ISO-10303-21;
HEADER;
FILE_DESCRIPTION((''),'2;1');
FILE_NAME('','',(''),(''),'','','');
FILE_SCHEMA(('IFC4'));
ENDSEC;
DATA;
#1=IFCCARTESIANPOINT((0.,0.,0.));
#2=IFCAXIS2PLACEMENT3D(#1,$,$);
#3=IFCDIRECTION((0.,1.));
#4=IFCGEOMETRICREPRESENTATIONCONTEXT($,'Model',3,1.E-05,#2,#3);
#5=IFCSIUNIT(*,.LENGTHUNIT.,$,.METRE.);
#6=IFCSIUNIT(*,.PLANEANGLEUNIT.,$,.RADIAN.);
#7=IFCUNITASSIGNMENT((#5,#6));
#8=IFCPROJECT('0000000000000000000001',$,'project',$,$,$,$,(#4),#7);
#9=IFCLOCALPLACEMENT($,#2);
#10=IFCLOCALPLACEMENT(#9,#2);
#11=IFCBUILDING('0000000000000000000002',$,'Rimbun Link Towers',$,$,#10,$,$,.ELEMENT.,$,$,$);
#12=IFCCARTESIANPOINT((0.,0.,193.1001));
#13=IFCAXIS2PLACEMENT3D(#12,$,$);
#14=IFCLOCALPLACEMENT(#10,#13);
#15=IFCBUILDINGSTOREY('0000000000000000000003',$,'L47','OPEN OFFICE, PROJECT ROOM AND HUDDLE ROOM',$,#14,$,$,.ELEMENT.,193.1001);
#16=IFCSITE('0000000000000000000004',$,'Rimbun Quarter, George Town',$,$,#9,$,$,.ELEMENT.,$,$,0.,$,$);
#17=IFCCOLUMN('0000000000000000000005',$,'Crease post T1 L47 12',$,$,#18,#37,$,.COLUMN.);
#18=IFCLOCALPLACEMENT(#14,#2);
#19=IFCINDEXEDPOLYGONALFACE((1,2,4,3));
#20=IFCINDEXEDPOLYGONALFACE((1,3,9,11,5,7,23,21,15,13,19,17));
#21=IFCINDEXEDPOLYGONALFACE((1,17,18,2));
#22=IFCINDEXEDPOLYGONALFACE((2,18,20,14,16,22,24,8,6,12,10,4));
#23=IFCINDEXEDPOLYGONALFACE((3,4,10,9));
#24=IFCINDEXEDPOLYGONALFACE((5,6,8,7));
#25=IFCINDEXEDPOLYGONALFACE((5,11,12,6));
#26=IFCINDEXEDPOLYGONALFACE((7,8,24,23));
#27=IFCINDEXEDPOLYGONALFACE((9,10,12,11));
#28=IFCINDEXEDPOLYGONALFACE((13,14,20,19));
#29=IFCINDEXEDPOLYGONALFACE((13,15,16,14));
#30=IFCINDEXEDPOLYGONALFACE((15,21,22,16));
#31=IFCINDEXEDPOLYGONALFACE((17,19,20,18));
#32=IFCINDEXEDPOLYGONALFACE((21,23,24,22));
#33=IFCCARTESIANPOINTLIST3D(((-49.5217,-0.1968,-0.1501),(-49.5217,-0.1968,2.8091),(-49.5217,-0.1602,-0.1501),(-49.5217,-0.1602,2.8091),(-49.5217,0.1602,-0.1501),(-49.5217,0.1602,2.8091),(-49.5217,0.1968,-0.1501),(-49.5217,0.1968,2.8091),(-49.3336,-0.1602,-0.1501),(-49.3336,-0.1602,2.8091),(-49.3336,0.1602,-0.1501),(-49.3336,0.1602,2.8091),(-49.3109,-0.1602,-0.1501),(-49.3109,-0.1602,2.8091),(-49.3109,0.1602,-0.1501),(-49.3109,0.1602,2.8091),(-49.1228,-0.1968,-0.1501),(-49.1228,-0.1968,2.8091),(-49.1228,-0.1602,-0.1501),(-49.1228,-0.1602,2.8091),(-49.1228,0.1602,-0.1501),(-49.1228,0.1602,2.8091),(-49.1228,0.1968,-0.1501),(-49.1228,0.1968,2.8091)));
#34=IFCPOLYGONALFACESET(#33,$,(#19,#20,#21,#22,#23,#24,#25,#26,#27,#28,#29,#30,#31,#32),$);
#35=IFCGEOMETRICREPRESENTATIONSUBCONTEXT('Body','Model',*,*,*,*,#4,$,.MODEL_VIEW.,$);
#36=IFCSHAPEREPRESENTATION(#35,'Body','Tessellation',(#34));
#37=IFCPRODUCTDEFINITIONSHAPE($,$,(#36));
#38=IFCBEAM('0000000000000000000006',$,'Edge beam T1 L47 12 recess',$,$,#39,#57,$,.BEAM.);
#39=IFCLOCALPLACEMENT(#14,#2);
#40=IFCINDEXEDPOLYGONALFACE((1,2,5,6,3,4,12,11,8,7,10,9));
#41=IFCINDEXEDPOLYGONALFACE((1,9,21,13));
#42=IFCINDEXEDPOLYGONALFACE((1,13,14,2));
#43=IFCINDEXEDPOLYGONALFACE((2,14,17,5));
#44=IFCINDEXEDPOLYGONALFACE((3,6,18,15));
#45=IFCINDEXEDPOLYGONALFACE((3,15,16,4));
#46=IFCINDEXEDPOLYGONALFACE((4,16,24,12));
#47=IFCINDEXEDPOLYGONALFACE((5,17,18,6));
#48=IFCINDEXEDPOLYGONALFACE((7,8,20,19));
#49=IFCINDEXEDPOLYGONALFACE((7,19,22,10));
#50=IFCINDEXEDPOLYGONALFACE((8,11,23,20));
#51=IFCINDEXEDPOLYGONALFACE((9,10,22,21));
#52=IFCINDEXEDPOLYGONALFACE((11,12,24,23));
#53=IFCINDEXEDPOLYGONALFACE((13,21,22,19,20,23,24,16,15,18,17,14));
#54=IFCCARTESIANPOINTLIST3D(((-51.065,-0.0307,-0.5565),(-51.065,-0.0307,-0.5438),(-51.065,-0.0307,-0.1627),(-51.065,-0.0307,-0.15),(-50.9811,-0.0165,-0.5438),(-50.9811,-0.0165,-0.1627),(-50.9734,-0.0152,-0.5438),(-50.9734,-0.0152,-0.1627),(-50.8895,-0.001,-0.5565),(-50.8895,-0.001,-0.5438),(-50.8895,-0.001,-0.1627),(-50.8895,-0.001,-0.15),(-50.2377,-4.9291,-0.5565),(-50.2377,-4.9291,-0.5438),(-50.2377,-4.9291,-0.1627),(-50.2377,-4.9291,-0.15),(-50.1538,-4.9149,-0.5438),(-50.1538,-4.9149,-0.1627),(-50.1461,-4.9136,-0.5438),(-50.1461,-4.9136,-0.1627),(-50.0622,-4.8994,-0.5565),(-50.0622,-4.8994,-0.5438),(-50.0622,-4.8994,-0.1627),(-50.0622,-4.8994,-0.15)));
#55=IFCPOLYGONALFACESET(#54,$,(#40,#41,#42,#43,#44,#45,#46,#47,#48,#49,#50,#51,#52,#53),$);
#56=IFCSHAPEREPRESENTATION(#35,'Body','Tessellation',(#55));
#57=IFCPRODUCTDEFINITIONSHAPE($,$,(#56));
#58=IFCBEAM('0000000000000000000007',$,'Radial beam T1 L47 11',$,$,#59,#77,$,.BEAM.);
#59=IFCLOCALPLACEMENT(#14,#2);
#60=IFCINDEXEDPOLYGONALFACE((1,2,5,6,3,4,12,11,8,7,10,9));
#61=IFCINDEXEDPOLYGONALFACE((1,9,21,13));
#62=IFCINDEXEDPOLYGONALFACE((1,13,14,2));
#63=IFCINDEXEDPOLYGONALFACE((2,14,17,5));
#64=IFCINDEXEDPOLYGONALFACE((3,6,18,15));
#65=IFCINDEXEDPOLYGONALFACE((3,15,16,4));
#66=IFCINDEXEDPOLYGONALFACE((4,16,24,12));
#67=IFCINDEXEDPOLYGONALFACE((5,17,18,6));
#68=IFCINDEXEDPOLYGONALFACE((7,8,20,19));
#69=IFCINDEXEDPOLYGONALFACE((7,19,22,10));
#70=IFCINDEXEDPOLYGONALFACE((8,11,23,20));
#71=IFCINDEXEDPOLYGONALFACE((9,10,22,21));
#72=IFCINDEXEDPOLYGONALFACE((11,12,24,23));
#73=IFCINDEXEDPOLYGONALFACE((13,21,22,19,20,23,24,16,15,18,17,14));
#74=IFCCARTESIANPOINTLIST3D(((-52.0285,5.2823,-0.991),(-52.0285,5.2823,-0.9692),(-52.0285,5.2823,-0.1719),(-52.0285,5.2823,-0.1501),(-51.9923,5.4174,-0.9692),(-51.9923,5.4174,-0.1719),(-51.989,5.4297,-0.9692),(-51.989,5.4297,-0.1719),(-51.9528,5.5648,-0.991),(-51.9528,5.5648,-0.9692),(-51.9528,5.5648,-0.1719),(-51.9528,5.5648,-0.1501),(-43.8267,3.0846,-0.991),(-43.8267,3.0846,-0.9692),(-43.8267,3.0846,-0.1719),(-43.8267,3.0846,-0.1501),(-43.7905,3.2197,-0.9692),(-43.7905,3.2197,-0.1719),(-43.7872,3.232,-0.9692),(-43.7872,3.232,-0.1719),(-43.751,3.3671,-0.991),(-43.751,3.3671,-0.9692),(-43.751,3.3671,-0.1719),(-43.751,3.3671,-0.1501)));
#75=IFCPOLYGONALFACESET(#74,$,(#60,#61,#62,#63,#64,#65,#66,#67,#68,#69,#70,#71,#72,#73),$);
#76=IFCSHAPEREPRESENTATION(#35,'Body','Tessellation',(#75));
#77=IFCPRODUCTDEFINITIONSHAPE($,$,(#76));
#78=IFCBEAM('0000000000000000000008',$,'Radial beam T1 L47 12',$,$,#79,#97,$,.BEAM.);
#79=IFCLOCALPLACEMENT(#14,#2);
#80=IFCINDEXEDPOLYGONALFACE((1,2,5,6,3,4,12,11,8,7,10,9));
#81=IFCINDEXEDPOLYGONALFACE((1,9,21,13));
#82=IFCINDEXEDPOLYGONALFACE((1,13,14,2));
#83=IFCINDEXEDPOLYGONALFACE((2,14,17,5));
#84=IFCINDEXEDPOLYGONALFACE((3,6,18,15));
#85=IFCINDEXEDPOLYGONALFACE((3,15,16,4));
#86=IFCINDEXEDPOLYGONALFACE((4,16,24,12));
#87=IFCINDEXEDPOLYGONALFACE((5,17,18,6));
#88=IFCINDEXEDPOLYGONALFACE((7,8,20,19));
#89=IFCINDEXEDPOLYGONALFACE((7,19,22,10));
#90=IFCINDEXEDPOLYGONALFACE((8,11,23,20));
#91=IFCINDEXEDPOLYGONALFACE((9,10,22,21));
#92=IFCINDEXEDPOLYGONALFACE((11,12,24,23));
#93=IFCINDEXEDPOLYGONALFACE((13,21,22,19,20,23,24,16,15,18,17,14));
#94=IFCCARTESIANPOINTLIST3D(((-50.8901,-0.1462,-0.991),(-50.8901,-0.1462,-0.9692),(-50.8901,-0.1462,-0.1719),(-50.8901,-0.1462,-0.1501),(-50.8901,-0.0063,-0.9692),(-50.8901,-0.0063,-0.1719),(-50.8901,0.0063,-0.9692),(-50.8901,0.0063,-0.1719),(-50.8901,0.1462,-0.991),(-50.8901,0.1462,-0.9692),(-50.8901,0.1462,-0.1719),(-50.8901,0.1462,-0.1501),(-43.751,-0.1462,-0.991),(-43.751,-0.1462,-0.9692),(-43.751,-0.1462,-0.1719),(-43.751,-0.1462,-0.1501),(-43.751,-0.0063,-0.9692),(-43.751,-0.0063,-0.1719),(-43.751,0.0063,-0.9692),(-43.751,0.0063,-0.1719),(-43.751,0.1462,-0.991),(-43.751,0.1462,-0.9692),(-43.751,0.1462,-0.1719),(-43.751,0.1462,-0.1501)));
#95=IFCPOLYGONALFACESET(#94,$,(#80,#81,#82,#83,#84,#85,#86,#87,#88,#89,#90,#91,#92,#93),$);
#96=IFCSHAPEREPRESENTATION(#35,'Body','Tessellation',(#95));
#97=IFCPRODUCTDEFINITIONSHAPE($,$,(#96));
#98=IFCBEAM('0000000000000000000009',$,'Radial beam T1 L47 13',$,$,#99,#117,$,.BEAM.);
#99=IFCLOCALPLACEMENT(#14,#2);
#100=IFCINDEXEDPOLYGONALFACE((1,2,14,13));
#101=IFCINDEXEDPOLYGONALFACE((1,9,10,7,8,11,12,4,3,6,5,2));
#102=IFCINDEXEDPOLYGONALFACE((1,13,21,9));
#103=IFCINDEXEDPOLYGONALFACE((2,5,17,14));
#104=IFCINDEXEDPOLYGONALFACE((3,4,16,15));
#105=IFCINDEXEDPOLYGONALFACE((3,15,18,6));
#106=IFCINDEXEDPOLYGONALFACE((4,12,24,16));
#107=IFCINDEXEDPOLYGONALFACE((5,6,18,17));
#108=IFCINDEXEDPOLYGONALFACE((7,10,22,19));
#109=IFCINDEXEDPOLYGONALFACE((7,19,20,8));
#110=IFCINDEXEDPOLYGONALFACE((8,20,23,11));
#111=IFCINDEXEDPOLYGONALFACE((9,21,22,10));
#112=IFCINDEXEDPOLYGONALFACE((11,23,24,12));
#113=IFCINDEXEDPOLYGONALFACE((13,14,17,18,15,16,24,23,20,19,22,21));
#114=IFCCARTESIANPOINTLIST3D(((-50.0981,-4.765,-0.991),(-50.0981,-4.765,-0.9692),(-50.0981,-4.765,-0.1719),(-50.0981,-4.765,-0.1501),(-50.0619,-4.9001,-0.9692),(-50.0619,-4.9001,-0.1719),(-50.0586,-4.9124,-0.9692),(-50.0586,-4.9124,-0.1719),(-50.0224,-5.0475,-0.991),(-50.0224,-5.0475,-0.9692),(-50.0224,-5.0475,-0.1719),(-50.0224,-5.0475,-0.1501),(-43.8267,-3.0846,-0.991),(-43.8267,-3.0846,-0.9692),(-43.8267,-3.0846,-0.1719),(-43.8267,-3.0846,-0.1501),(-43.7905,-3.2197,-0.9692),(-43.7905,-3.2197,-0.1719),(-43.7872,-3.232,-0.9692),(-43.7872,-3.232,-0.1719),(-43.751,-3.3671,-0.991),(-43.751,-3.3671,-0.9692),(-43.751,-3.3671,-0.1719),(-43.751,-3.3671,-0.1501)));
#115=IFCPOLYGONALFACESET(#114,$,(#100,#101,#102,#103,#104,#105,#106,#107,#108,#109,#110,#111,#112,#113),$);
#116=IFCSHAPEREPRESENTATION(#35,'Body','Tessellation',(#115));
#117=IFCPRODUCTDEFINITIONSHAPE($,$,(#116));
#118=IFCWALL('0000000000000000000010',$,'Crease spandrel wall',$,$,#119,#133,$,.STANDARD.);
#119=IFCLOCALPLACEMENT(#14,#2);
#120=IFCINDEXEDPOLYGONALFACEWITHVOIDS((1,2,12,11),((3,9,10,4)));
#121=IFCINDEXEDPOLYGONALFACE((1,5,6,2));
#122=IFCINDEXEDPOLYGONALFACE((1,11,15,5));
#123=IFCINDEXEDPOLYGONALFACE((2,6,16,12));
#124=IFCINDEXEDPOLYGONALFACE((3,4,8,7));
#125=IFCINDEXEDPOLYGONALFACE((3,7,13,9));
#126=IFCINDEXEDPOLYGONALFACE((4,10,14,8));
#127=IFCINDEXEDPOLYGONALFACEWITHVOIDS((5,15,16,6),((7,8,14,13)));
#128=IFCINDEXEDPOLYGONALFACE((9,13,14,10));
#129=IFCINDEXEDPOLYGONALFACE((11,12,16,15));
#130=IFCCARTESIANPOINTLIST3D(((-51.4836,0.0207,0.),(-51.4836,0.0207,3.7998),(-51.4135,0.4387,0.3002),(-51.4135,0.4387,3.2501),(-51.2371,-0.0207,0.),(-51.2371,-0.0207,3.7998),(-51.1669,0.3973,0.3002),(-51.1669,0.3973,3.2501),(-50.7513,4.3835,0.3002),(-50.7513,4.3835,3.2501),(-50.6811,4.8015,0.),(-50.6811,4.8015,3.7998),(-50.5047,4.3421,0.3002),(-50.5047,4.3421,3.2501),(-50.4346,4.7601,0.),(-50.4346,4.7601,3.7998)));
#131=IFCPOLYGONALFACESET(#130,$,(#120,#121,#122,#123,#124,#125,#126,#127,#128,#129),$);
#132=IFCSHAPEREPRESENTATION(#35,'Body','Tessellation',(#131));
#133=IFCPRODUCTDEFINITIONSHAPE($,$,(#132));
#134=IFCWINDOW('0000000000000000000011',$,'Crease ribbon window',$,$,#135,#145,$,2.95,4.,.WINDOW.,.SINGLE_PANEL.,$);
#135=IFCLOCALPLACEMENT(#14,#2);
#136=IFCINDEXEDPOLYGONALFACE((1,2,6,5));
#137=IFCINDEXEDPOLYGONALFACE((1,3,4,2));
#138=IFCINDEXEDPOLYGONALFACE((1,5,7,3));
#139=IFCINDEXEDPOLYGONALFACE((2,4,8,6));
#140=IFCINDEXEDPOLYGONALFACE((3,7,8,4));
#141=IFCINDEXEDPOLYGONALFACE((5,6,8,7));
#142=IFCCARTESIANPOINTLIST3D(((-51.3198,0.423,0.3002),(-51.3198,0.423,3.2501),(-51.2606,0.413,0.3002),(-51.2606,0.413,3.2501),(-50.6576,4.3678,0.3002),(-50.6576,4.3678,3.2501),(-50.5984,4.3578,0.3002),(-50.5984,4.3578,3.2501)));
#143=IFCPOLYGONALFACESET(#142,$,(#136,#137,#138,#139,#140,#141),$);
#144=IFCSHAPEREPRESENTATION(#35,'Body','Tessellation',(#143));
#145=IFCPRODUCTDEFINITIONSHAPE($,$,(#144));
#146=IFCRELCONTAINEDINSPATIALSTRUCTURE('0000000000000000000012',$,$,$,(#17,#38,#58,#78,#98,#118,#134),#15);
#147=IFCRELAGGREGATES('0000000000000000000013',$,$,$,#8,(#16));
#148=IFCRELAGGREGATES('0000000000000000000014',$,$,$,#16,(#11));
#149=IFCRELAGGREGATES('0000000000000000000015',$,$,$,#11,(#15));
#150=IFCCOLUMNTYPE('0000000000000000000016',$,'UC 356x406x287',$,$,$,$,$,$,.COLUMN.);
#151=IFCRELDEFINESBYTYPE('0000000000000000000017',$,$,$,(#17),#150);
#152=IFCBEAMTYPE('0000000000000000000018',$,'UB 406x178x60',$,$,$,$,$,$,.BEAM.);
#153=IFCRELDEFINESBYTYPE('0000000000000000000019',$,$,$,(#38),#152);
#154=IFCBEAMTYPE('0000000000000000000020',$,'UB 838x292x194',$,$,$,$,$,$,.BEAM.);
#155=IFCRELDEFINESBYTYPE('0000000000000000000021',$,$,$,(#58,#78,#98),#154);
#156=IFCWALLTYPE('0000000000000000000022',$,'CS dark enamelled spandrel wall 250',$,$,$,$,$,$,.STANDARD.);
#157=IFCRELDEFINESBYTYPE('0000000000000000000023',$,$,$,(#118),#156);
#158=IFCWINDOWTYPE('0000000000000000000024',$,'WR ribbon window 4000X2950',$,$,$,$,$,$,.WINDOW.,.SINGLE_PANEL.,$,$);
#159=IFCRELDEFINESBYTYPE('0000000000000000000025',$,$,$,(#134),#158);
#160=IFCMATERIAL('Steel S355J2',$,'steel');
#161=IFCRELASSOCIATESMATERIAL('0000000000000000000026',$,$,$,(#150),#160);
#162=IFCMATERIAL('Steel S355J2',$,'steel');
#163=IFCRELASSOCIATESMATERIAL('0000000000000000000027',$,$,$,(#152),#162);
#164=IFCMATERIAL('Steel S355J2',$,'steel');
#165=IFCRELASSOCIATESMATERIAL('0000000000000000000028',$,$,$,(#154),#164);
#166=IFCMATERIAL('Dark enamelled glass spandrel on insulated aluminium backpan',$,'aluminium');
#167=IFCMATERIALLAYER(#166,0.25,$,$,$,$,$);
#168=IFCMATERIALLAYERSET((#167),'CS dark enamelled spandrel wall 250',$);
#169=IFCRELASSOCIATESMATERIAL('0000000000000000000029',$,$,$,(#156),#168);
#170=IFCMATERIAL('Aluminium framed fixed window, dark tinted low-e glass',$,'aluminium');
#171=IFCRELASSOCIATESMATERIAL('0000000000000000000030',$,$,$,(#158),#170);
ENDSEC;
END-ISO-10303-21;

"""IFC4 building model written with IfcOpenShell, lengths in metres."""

from ifc_helpers import new_model, si_unit, direction, frame, frame_2d, origin, origin_2d, place, context, subcontext, project, spatial, rectangle, i_section, extrude, material, layer, layer_set, material_profile, profile_set, type_object, element, fill, save


model = new_model("IFC4")

# Units and contexts
model_context = context("Model", 3, precision=1e-05, world=origin(), true_north=direction((0.0, 1.0)))
body_context = subcontext(model_context, "Body", "Model", "MODEL_VIEW")
ifc_project = project(units=[si_unit("LENGTHUNIT", "METRE"), si_unit("PLANEANGLEUNIT", "RADIAN")], contexts=[model_context])

# Site, building, storey
site_placement = place(None, origin())
site = spatial("IfcSite", under=ifc_project, at=site_placement, Name="Rimbun Quarter, George Town", CompositionType="ELEMENT", RefElevation=0.0)
building_placement = place(site_placement, origin())
building = spatial("IfcBuilding", under=site, at=building_placement, Name="Rimbun Link Towers", CompositionType="ELEMENT")
storey_placement = place(building_placement, frame((0.0, 0.0, 193.1001)))
storey = spatial("IfcBuildingStorey", under=building, at=storey_placement, Name="L47", Description="OPEN OFFICE, PROJECT ROOM AND HUDDLE ROOM", CompositionType="ELEMENT", Elevation=193.1001)

# Column
ifc_material_1 = material(Name="Steel S355J2", Category="steel")
ifc_material_profile_1 = material_profile(ifc_material_1, i_section(OverallWidth=0.3989, OverallDepth=0.3936, WebThickness=0.0227, FlangeThickness=0.0366, at=origin_2d()), Name="UC 356x406x287")
ifc_profile_set_1 = profile_set([ifc_material_profile_1], Name="Steel S355J2")
column_type = type_object("IfcColumnType", Name="UC 356x406x287", PredefinedType="COLUMN", material=ifc_profile_set_1)
column_placement = place(storey_placement, frame((-49.3223, 0.0, -0.1501), z_axis=(0.0, 0.0, 1.0), x_axis=(1.0, 0.0, 0.0)))
element("IfcColumn", 1, at=column_placement, inside=storey, type_object=column_type, Name="Crease post T1 L47 12", PredefinedType="COLUMN", context=body_context, shape_type="SweptSolid", body=[
    extrude(i_section(OverallWidth=0.3989, OverallDepth=0.3936, WebThickness=0.0227, FlangeThickness=0.0366, at=origin_2d()), origin(), (0.0, 0.0, 1.0), 2.9592),
])

# Beams
ifc_material_2 = material(Name="Steel S355J2", Category="steel")
ifc_material_profile_2 = material_profile(ifc_material_2, i_section(OverallWidth=0.178, OverallDepth=0.4065, WebThickness=0.0078, FlangeThickness=0.0127, at=origin_2d()), Name="UB 406x178x60")
ifc_profile_set_2 = profile_set([ifc_material_profile_2], Name="Steel S355J2")
beam_type_1 = type_object("IfcBeamType", Name="UB 406x178x60", PredefinedType="BEAM", material=ifc_profile_set_2)
beam_1_placement = place(storey_placement, frame((-50.9773, -0.0159, -0.3533), z_axis=(0.16655, -0.986033, 0.0), x_axis=(0.986033, 0.16655, 0.0)))
element("IfcBeam", 2, at=beam_1_placement, inside=storey, type_object=beam_type_1, Name="Edge beam T1 L47 12 recess", PredefinedType="BEAM", context=body_context, shape_type="SweptSolid", body=[
    extrude(i_section(OverallWidth=0.178, OverallDepth=0.4065, WebThickness=0.0078, FlangeThickness=0.0127, at=origin_2d()), origin(), (0.0, 0.0, 1.0), 4.9678),
])
ifc_material_3 = material(Name="Steel S355J2", Category="steel")
ifc_material_profile_3 = material_profile(ifc_material_3, i_section(OverallWidth=0.2925, OverallDepth=0.8408, WebThickness=0.0127, FlangeThickness=0.0217, at=origin_2d()), Name="UB 838x292x194")
ifc_profile_set_3 = profile_set([ifc_material_profile_3], Name="Steel S355J2")
beam_type_2 = type_object("IfcBeamType", Name="UB 838x292x194", PredefinedType="BEAM", material=ifc_profile_set_3)
beam_2_placement = place(storey_placement, frame((-43.7888, 3.2258, -0.5706), z_axis=(-0.965924, 0.258826, 0.0), x_axis=(-0.258826, -0.965924, 0.0)))
element("IfcBeam", 3, at=beam_2_placement, inside=storey, type_object=beam_type_2, Name="Radial beam T1 L47 11", PredefinedType="BEAM", context=body_context, shape_type="SweptSolid", body=[
    extrude(i_section(OverallWidth=0.2925, OverallDepth=0.8408, WebThickness=0.0127, FlangeThickness=0.0217, at=origin_2d()), origin(), (0.0, 0.0, 1.0), 8.4912),
])
beam_3_placement = place(storey_placement, frame((-43.751, 0.0, -0.5706), z_axis=(-1.0, 0.0, 0.0), x_axis=(0.0, -1.0, 0.0)))
element("IfcBeam", 4, at=beam_3_placement, inside=storey, type_object=beam_type_2, Name="Radial beam T1 L47 12", PredefinedType="BEAM", context=body_context, shape_type="SweptSolid", body=[
    extrude(i_section(OverallWidth=0.2925, OverallDepth=0.8408, WebThickness=0.0127, FlangeThickness=0.0217, at=origin_2d()), origin(), (0.0, 0.0, 1.0), 7.1392),
])
beam_4_placement = place(storey_placement, frame((-43.7888, -3.2258, -0.5706), z_axis=(-0.965927, -0.258816, 0.0), x_axis=(0.258816, -0.965927, 0.0)))
element("IfcBeam", 5, at=beam_4_placement, inside=storey, type_object=beam_type_2, Name="Radial beam T1 L47 13", PredefinedType="BEAM", context=body_context, shape_type="SweptSolid", body=[
    extrude(i_section(OverallWidth=0.2925, OverallDepth=0.8408, WebThickness=0.0127, FlangeThickness=0.0217, at=origin_2d()), origin(), (0.0, 0.0, 1.0), 6.4927),
])

# Wall, opening, window
ifc_material_4 = material(Name="Dark enamelled glass spandrel on insulated aluminium backpan", Category="aluminium")
ifc_layer_1 = layer(ifc_material_4, 0.25)
ifc_layer_set_1 = layer_set([ifc_layer_1], Name="CS dark enamelled spandrel wall 250")
wall_type_1 = type_object("IfcWallType", Name="CS dark enamelled spandrel wall 250", PredefinedType="STANDARD", material=ifc_layer_set_1)
wall_1_placement = place(storey_placement, frame((-51.3604, 0.0, 0.0), z_axis=(0.0, 0.0, 1.0), x_axis=(0.165542, 0.986203, 0.0)))
wall_1 = element("IfcWall", 6, at=wall_1_placement, inside=storey, type_object=wall_type_1, Name="Crease spandrel wall", PredefinedType="STANDARD", context=body_context, shape_type="SweptSolid", body=[
    extrude(rectangle(XDim=4.8477, YDim=0.25, at=frame_2d((2.4238, 0.0))), origin(), (0.0, 0.0, 1.0), 3.7998),
])
opening_1_placement = place(wall_1_placement, frame((0.4238, 0.0, 0.3)))
opening_1 = element("IfcOpeningElement", 7, at=opening_1_placement, cuts=wall_1, PredefinedType="OPENING", context=body_context, shape_type="SweptSolid", body=[
    extrude(rectangle(XDim=4.0, YDim=2.95, at=frame_2d((2.0, 1.4751))), frame((0.0, 0.135, 0.0), z_axis=(0.0, -1.0, 0.0), x_axis=(1.0, 0.0, 0.0)), (0.0, 0.0, 1.0), 0.27),
])
ifc_material_5 = material(Name="Aluminium framed fixed window, dark tinted low-e glass", Category="aluminium")
window_type = type_object("IfcWindowType", Name="WR ribbon window 4000X2950", PartitioningType="SINGLE_PANEL", PredefinedType="WINDOW", material=ifc_material_5)
window_placement = place(opening_1_placement, origin())
window = element("IfcWindow", 8, at=window_placement, inside=storey, type_object=window_type, Name="Crease ribbon window", OverallHeight=2.95, OverallWidth=4.0, PartitioningType="SINGLE_PANEL", PredefinedType="WINDOW", context=body_context, shape_type="SweptSolid", body=[
    extrude(rectangle(XDim=4.0, YDim=2.95, at=frame_2d((2.0, 1.4751))), frame((0.0, 0.03, 0.0), z_axis=(0.0, -1.0, 0.0), x_axis=(1.0, 0.0, 0.0)), (0.0, 0.0, 1.0), 0.0601),
])
fill(opening_1, window)

save(model, "model.ifc")
